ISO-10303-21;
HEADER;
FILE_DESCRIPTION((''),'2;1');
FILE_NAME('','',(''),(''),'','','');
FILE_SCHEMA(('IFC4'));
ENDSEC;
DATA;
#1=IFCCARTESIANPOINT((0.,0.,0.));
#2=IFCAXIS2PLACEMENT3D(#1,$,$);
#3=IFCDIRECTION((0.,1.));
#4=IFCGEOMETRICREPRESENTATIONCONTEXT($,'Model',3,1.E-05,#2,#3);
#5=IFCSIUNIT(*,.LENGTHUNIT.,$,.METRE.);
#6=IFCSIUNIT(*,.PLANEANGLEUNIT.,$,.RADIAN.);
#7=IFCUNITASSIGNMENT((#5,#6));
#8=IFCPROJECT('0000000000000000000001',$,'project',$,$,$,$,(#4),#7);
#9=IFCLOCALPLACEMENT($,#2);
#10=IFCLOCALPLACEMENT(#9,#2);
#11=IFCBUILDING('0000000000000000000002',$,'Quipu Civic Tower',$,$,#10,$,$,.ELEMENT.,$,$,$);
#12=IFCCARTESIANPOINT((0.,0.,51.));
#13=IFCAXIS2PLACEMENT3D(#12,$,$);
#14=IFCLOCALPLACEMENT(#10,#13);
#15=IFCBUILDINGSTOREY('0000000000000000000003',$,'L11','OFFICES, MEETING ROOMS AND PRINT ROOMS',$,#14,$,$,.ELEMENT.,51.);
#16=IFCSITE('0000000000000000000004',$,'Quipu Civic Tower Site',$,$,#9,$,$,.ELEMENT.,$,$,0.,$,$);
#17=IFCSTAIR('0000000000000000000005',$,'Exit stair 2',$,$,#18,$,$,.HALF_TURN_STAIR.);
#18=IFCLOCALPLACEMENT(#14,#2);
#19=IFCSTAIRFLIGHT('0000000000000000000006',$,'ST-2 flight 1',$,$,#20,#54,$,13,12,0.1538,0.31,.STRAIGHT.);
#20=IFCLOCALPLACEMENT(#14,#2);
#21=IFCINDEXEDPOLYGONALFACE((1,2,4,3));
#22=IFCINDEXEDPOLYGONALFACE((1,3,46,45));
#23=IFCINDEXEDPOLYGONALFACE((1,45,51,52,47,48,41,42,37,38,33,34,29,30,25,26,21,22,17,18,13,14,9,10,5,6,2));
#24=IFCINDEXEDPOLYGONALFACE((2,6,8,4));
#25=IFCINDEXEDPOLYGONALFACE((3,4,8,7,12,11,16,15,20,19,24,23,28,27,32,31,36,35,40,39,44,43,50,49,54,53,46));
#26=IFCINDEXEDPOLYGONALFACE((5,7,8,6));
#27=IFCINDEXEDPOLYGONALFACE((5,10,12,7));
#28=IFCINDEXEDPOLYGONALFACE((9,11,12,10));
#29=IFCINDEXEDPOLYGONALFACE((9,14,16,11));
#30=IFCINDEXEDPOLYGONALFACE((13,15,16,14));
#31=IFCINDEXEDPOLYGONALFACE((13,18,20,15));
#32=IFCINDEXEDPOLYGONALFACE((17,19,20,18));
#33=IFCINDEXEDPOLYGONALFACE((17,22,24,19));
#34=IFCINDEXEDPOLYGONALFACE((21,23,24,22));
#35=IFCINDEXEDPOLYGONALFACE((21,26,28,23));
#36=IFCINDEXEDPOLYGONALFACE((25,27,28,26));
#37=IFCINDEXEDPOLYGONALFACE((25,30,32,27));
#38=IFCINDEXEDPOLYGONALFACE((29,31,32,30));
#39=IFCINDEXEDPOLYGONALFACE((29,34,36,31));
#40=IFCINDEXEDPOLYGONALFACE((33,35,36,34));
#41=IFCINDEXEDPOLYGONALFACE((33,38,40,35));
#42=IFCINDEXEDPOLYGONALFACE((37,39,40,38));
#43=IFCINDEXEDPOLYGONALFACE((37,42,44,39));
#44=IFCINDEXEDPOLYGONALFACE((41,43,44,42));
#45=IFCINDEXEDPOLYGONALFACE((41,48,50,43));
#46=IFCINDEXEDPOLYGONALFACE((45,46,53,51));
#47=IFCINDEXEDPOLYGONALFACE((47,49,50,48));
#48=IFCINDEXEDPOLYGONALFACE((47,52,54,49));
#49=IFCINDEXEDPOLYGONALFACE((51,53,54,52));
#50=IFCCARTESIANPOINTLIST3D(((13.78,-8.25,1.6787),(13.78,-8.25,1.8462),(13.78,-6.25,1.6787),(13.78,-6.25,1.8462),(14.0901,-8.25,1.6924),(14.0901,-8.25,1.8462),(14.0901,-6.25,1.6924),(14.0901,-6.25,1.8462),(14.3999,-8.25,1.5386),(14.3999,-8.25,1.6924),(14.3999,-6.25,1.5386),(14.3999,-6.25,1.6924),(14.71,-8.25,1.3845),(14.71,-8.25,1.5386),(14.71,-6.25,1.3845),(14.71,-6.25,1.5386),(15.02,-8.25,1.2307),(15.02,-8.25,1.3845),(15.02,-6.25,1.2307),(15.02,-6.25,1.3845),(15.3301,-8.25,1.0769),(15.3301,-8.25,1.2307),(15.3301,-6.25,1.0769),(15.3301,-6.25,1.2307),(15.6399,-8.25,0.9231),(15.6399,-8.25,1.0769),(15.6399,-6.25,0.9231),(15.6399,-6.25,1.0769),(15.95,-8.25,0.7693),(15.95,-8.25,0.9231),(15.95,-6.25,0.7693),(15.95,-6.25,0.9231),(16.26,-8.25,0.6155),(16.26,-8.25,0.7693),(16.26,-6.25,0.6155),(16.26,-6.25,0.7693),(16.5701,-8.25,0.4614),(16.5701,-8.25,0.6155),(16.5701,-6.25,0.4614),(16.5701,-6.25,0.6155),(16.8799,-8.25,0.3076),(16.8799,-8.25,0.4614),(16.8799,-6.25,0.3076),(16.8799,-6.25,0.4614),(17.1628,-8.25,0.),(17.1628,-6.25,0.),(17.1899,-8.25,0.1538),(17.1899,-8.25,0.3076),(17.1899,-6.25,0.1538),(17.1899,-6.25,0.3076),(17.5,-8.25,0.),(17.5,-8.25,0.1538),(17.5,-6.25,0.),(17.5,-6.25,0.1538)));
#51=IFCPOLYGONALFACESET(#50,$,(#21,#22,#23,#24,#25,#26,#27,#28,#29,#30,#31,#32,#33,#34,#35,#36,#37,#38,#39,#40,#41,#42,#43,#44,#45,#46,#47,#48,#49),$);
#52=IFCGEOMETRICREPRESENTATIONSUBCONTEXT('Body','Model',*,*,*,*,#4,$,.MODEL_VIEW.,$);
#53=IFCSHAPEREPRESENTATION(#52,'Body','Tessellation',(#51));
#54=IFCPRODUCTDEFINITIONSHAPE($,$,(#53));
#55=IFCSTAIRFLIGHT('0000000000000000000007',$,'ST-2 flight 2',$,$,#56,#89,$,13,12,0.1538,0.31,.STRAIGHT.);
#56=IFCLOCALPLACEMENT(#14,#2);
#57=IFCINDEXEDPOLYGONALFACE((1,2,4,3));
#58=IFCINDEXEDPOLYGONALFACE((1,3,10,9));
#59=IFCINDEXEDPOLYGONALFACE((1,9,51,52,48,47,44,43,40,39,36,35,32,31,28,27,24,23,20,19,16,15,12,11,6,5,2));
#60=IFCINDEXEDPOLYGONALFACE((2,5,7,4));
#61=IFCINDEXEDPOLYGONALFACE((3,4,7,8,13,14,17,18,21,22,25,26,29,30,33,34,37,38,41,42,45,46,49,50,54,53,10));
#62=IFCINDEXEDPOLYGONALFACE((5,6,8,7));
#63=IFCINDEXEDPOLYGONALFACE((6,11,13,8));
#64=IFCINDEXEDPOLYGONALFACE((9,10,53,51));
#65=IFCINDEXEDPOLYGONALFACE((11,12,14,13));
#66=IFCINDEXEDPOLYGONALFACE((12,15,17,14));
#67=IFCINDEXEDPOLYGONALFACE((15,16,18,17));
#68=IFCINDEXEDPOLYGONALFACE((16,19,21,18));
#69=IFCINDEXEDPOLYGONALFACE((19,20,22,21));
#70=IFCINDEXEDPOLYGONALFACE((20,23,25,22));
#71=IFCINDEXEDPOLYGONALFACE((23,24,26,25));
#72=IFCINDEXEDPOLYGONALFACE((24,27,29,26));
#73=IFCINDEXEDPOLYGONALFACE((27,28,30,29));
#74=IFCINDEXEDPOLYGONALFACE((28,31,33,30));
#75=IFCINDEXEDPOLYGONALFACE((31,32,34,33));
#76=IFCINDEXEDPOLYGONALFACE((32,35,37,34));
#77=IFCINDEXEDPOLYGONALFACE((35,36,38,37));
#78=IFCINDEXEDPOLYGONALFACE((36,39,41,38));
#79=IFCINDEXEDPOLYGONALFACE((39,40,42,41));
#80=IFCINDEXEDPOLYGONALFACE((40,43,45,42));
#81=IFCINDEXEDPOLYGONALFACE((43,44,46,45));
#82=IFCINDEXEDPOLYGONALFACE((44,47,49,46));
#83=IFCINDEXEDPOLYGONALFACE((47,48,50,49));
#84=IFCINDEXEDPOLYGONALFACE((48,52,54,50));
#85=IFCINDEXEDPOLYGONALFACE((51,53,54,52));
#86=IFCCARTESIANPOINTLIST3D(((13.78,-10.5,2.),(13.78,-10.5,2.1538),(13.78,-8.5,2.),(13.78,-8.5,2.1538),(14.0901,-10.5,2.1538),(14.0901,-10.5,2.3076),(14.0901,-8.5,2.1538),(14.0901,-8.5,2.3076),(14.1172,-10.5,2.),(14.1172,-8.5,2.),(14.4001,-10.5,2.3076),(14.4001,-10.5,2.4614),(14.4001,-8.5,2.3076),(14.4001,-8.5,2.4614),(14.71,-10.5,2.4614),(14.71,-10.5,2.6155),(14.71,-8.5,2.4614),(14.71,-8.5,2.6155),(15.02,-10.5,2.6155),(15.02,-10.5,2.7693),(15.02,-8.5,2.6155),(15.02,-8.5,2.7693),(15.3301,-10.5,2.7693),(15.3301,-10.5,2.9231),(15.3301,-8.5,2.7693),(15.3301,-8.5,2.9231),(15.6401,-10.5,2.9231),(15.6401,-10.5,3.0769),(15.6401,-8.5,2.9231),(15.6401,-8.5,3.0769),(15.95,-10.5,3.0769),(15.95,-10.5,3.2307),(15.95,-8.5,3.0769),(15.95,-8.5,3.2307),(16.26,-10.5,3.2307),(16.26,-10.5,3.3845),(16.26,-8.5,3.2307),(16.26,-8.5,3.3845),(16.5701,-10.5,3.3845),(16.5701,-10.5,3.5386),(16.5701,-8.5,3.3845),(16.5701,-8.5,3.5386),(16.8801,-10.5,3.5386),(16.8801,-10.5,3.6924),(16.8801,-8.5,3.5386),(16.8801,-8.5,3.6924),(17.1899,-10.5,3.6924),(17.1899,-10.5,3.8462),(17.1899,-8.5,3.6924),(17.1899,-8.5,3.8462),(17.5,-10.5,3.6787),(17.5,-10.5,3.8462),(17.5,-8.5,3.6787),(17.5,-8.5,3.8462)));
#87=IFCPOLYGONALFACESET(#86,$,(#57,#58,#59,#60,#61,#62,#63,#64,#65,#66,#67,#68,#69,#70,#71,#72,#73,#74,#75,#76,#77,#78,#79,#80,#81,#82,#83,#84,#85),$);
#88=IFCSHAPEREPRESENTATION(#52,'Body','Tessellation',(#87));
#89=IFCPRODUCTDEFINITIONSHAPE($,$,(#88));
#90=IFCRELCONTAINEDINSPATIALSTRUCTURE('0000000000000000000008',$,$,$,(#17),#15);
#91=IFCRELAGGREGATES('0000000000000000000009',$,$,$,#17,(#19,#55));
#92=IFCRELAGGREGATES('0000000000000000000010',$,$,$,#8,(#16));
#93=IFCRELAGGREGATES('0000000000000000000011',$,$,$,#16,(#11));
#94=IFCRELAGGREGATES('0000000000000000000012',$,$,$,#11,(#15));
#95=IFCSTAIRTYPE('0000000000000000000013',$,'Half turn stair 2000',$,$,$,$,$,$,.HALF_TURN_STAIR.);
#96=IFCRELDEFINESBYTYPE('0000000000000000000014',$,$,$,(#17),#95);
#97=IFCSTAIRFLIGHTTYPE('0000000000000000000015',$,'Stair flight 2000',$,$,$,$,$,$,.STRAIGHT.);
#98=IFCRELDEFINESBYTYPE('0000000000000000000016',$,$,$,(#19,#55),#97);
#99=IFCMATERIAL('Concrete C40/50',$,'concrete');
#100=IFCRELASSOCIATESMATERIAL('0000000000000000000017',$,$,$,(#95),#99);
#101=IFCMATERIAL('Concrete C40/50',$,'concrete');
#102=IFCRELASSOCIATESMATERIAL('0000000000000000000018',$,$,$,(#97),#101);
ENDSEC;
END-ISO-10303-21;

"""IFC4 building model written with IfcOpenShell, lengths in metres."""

from ifc_helpers import new_model, si_unit, direction, frame, origin, place, context, subcontext, project, spatial, polyline, outline, extrude, material, type_object, element, aggregate, save


model = new_model("IFC4")

# Units and contexts
model_context = context("Model", 3, precision=1e-05, world=origin(), true_north=direction((0.0, 1.0)))
body_context = subcontext(model_context, "Body", "Model", "MODEL_VIEW")
ifc_project = project(units=[si_unit("LENGTHUNIT", "METRE"), si_unit("PLANEANGLEUNIT", "RADIAN")], contexts=[model_context])

# Site, building, storey
site_placement = place(None, origin())
site = spatial("IfcSite", under=ifc_project, at=site_placement, Name="Quipu Civic Tower Site", CompositionType="ELEMENT", RefElevation=0.0)
building_placement = place(site_placement, origin())
building = spatial("IfcBuilding", under=site, at=building_placement, Name="Quipu Civic Tower", CompositionType="ELEMENT")
storey_placement = place(building_placement, frame((0.0, 0.0, 51.0)))
storey = spatial("IfcBuildingStorey", under=building, at=storey_placement, Name="L11", Description="OFFICES, MEETING ROOMS AND PRINT ROOMS", CompositionType="ELEMENT", Elevation=51.0)

# Stair, stair flights
ifc_material_1 = material(Name="Concrete C40/50", Category="concrete")
stair_type = type_object("IfcStairType", Name="Half turn stair 2000", PredefinedType="HALF_TURN_STAIR", material=ifc_material_1)
stair_placement = place(storey_placement, origin())
stair = element("IfcStair", 1, at=stair_placement, inside=storey, type_object=stair_type, Name="Exit stair 2", PredefinedType="HALF_TURN_STAIR")
ifc_material_2 = material(Name="Concrete C40/50", Category="concrete")
stair_flight_type = type_object("IfcStairFlightType", Name="Stair flight 2000", PredefinedType="STRAIGHT", material=ifc_material_2)
stair_flight_1_placement = place(storey_placement, frame((17.5, -7.25, 0.0), z_axis=(0.0, 0.0, 1.0), x_axis=(-1.0, 0.0, 0.0)))
stair_flight_1 = element("IfcStairFlight", 2, at=stair_flight_1_placement, type_object=stair_flight_type, Name="ST-2 flight 1", NumberOfRisers=13, NumberOfTreads=12, PredefinedType="STRAIGHT", RiserHeight=0.1538, TreadLength=0.31, context=body_context, shape_type="SweptSolid", body=[
    extrude(outline(polyline([(0.0, 0.0), (0.0, 0.1538), (0.3101, 0.1538), (0.3101, 0.3076), (0.6201, 0.3076), (0.6201, 0.4614), (0.9299, 0.4614), (0.9299, 0.6155), (1.24, 0.6155), (1.24, 0.7693), (1.55, 0.7693), (1.55, 0.9231), (1.8601, 0.9231), (1.8601, 1.0769), (2.1699, 1.0769), (2.1699, 1.2307), (2.48, 1.2307), (2.48, 1.3845), (2.79, 1.3845), (2.79, 1.5386), (3.1001, 1.5386), (3.1001, 1.6924), (3.4099, 1.6924), (3.4099, 1.8462), (3.72, 1.8462), (3.72, 2.0), (3.72, 1.6787), (0.3372, 0.0), (0.0, 0.0)])), frame((0.0, 1.0, 0.0), z_axis=(0.0, -1.0, 0.0), x_axis=(1.0, 0.0, 0.0)), (0.0, 0.0, 1.0), 2.0),
])
stair_flight_2_placement = place(storey_placement, frame((13.78, -9.5, 2.0), z_axis=(0.0, 0.0, 1.0), x_axis=(1.0, 0.0, 0.0)))
stair_flight_2 = element("IfcStairFlight", 3, at=stair_flight_2_placement, type_object=stair_flight_type, Name="ST-2 flight 2", NumberOfRisers=13, NumberOfTreads=12, PredefinedType="STRAIGHT", RiserHeight=0.1538, TreadLength=0.31, context=body_context, shape_type="SweptSolid", body=[
    extrude(outline(polyline([(0.0, 0.0), (0.0, 0.1538), (0.3101, 0.1538), (0.3101, 0.3076), (0.6201, 0.3076), (0.6201, 0.4614), (0.9299, 0.4614), (0.9299, 0.6155), (1.24, 0.6155), (1.24, 0.7693), (1.55, 0.7693), (1.55, 0.9231), (1.8601, 0.9231), (1.8601, 1.0769), (2.1699, 1.0769), (2.1699, 1.2307), (2.48, 1.2307), (2.48, 1.3845), (2.79, 1.3845), (2.79, 1.5386), (3.1001, 1.5386), (3.1001, 1.6924), (3.4099, 1.6924), (3.4099, 1.8462), (3.72, 1.8462), (3.72, 2.0), (3.72, 1.6787), (0.3372, 0.0), (0.0, 0.0)])), frame((0.0, 1.0, 0.0), z_axis=(0.0, -1.0, 0.0), x_axis=(1.0, 0.0, 0.0)), (0.0, 0.0, 1.0), 2.0),
])
aggregate(stair, [stair_flight_1, stair_flight_2])

save(model, "model.ifc")
